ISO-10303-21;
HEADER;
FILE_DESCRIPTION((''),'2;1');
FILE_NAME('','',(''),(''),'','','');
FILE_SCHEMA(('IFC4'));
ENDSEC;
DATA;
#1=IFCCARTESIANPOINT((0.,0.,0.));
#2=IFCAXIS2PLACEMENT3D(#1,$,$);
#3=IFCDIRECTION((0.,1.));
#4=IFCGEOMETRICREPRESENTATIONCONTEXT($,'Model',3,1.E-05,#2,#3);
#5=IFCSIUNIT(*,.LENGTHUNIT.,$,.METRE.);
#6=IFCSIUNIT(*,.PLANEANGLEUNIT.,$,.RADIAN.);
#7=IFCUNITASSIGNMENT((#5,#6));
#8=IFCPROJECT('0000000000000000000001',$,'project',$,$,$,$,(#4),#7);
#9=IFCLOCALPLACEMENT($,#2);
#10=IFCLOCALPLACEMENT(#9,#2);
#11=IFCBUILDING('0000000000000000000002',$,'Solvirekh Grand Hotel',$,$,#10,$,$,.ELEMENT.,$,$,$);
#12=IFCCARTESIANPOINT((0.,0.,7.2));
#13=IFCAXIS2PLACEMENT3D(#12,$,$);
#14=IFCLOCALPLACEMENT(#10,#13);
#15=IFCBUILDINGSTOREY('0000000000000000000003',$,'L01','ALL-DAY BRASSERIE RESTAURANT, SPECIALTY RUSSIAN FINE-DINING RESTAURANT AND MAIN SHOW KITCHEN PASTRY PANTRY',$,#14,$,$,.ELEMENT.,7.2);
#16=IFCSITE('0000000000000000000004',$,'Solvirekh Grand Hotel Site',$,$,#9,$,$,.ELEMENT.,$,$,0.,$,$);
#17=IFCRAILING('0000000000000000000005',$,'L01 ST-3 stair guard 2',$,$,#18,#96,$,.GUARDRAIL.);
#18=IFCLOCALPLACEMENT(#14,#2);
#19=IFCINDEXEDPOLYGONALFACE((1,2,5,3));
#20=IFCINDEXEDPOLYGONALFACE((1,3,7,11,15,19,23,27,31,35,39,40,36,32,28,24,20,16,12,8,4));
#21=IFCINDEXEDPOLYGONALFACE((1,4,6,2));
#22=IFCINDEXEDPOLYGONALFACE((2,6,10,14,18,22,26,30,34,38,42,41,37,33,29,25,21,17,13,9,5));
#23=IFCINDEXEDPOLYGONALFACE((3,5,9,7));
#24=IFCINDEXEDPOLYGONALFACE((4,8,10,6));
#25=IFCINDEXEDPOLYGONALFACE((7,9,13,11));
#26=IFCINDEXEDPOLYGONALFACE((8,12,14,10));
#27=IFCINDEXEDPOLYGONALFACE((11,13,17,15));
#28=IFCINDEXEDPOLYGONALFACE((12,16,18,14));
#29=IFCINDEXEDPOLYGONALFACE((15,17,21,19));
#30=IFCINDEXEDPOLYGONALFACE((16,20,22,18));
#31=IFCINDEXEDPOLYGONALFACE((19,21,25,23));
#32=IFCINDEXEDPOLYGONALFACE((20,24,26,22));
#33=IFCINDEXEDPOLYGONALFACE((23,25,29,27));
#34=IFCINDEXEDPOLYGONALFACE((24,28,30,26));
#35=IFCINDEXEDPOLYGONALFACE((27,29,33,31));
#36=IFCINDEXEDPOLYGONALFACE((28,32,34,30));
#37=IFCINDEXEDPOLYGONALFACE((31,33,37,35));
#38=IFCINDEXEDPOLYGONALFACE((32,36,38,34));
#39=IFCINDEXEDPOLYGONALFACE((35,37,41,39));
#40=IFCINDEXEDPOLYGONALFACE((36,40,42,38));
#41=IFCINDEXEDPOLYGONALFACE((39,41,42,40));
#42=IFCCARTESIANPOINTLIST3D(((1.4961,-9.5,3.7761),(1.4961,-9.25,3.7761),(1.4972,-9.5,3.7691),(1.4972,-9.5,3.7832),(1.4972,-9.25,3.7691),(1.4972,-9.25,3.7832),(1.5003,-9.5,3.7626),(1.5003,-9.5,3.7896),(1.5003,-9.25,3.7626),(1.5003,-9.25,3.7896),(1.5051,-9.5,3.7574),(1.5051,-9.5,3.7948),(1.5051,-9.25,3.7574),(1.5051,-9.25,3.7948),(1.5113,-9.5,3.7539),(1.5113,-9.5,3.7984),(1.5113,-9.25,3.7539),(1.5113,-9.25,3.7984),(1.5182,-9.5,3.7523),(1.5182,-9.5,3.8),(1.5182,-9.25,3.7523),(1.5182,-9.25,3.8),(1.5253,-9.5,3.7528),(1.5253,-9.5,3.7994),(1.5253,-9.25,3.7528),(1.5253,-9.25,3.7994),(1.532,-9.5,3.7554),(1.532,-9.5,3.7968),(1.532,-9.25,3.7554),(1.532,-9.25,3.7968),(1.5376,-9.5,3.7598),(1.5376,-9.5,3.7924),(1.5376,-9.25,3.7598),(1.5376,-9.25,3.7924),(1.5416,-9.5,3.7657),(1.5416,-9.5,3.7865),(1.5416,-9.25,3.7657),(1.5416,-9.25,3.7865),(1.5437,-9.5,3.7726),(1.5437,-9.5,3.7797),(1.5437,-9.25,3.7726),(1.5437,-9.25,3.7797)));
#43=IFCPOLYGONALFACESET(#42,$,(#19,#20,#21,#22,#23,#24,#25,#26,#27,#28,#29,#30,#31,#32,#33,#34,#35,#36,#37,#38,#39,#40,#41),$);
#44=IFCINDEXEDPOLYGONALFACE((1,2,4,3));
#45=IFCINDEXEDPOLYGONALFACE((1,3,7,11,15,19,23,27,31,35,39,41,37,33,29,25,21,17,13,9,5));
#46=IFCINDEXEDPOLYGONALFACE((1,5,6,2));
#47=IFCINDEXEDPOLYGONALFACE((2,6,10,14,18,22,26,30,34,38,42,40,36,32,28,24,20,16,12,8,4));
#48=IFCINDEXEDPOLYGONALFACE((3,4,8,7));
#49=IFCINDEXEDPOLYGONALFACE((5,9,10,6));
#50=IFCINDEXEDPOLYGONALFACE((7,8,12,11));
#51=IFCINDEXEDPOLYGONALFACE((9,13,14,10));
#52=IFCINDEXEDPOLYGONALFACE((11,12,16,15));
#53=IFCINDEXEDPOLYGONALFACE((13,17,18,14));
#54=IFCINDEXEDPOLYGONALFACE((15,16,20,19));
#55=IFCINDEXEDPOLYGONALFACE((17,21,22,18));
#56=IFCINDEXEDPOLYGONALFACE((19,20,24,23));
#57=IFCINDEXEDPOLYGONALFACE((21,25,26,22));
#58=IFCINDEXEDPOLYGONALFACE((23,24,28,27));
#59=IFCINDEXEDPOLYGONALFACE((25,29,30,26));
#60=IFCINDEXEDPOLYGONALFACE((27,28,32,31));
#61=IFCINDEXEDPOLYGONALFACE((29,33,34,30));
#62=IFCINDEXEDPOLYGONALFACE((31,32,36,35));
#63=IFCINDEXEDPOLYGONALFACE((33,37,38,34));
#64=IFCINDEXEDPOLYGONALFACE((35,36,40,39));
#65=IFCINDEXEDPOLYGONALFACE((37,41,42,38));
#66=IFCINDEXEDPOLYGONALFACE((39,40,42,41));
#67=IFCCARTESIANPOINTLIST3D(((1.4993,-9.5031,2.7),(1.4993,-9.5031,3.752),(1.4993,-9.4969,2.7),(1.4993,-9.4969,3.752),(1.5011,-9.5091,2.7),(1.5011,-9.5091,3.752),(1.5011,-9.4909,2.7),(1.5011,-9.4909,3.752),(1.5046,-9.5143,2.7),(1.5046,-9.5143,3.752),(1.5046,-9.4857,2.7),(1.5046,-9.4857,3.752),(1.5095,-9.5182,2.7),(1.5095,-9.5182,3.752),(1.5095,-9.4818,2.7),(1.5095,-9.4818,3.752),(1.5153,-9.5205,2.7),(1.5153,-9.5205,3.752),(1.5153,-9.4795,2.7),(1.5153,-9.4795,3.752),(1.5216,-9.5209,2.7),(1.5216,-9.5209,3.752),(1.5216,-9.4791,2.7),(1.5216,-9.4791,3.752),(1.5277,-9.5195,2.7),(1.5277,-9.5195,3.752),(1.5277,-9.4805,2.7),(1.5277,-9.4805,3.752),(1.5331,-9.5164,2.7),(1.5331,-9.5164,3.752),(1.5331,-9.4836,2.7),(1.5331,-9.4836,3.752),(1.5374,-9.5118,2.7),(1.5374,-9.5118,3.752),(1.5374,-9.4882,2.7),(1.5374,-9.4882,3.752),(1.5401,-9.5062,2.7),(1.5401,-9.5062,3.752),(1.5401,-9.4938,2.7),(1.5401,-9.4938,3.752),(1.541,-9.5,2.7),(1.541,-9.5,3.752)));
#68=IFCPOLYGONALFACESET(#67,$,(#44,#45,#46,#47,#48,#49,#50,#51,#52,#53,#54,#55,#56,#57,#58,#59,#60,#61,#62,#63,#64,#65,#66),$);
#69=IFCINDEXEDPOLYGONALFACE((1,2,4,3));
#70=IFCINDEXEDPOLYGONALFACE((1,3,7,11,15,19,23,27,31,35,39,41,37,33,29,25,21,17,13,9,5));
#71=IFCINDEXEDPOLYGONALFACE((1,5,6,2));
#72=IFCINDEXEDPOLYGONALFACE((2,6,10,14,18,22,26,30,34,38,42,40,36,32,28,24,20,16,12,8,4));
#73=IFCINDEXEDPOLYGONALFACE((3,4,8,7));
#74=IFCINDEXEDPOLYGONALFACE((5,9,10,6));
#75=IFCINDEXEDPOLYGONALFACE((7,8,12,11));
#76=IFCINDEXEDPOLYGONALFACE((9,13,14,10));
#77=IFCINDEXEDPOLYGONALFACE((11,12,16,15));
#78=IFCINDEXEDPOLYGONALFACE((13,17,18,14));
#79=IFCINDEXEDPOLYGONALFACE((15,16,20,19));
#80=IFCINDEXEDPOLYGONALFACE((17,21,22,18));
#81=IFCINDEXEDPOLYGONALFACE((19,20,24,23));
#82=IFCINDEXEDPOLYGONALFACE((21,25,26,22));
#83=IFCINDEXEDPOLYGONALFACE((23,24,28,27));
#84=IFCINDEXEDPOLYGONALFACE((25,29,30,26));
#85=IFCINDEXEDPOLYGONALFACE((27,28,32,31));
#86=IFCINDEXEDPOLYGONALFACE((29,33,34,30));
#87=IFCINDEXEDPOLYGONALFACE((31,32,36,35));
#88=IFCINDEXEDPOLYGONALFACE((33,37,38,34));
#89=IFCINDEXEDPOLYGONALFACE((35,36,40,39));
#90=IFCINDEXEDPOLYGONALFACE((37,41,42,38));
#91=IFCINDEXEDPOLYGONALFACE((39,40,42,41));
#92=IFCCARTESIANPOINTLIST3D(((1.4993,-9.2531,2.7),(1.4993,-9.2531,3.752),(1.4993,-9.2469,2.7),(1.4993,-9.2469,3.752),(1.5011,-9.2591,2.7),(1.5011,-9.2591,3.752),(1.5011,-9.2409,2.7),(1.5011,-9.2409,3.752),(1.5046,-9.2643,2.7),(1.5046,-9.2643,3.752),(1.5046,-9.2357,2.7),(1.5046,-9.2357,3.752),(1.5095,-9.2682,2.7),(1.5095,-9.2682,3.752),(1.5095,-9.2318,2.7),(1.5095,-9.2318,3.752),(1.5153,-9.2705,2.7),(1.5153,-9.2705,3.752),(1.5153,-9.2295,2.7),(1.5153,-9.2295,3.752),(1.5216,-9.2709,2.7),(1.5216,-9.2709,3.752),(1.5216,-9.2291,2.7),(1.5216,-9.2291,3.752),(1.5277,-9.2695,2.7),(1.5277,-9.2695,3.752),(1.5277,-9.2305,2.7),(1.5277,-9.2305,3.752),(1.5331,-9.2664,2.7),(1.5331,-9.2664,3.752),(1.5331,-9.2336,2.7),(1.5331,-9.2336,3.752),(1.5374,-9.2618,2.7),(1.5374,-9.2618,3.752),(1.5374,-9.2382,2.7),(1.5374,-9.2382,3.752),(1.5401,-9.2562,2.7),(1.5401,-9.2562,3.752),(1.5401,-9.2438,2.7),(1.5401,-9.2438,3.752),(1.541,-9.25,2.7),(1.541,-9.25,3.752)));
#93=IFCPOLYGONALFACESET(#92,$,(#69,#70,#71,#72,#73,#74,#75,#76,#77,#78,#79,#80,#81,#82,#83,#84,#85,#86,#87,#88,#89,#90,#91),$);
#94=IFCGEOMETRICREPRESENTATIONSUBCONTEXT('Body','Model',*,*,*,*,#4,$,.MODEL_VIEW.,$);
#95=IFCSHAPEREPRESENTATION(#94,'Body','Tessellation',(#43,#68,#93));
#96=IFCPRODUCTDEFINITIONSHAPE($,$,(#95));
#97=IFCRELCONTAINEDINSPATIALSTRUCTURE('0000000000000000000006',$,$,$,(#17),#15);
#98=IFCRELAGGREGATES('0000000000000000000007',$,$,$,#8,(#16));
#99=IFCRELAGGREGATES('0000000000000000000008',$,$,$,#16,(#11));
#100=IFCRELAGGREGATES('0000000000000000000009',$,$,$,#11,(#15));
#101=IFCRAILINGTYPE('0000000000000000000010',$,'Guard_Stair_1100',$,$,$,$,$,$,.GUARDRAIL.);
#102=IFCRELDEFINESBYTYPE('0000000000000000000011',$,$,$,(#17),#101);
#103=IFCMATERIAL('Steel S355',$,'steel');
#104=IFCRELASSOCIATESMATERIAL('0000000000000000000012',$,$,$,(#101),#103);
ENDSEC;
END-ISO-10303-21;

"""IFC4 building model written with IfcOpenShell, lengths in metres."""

from ifc_helpers import new_model, si_unit, direction, frame, origin, origin_2d, place, context, subcontext, project, spatial, circle, extrude, material, type_object, element, save


model = new_model("IFC4")

# Units and contexts
model_context = context("Model", 3, precision=1e-05, world=origin(), true_north=direction((0.0, 1.0)))
body_context = subcontext(model_context, "Body", "Model", "MODEL_VIEW")
ifc_project = project(units=[si_unit("LENGTHUNIT", "METRE"), si_unit("PLANEANGLEUNIT", "RADIAN")], contexts=[model_context])

# Site, building, storey
site_placement = place(None, origin())
site = spatial("IfcSite", under=ifc_project, at=site_placement, Name="Solvirekh Grand Hotel Site", CompositionType="ELEMENT", RefElevation=0.0)
building_placement = place(site_placement, origin())
building = spatial("IfcBuilding", under=site, at=building_placement, Name="Solvirekh Grand Hotel", CompositionType="ELEMENT")
storey_placement = place(building_placement, frame((0.0, 0.0, 7.2)))
storey = spatial("IfcBuildingStorey", under=building, at=storey_placement, Name="L01", Description="ALL-DAY BRASSERIE RESTAURANT, SPECIALTY RUSSIAN FINE-DINING RESTAURANT AND MAIN SHOW KITCHEN PASTRY PANTRY", CompositionType="ELEMENT", Elevation=7.2)

# Shared definitions
ifc_material_1 = material(Name="Steel S355", Category="steel")

# Railing
railing_type_1 = type_object("IfcRailingType", Name="Guard_Stair_1100", PredefinedType="GUARDRAIL", material=ifc_material_1)
railing_1_placement = place(storey_placement, frame((1.52, -9.5, 2.7)))
element("IfcRailing", 1, at=railing_1_placement, inside=storey, type_object=railing_type_1, Name="L01 ST-3 stair guard 2", PredefinedType="GUARDRAIL", context=body_context, shape_type="SweptSolid", body=[
    extrude(circle(Radius=0.0239, at=origin_2d()), frame((0.0, 0.0, 1.0762), z_axis=(0.0, 1.0, 0.0), x_axis=(-1.0, 0.0, 0.0)), (0.0, 0.0, 1.0), 0.25),
    extrude(circle(Radius=0.021, at=origin_2d()), origin(), (0.0, 0.0, 1.0), 1.052),
    extrude(circle(Radius=0.021, at=origin_2d()), frame((0.0, 0.25, 0.0)), (0.0, 0.0, 1.0), 1.052),
])

save(model, "model.ifc")
